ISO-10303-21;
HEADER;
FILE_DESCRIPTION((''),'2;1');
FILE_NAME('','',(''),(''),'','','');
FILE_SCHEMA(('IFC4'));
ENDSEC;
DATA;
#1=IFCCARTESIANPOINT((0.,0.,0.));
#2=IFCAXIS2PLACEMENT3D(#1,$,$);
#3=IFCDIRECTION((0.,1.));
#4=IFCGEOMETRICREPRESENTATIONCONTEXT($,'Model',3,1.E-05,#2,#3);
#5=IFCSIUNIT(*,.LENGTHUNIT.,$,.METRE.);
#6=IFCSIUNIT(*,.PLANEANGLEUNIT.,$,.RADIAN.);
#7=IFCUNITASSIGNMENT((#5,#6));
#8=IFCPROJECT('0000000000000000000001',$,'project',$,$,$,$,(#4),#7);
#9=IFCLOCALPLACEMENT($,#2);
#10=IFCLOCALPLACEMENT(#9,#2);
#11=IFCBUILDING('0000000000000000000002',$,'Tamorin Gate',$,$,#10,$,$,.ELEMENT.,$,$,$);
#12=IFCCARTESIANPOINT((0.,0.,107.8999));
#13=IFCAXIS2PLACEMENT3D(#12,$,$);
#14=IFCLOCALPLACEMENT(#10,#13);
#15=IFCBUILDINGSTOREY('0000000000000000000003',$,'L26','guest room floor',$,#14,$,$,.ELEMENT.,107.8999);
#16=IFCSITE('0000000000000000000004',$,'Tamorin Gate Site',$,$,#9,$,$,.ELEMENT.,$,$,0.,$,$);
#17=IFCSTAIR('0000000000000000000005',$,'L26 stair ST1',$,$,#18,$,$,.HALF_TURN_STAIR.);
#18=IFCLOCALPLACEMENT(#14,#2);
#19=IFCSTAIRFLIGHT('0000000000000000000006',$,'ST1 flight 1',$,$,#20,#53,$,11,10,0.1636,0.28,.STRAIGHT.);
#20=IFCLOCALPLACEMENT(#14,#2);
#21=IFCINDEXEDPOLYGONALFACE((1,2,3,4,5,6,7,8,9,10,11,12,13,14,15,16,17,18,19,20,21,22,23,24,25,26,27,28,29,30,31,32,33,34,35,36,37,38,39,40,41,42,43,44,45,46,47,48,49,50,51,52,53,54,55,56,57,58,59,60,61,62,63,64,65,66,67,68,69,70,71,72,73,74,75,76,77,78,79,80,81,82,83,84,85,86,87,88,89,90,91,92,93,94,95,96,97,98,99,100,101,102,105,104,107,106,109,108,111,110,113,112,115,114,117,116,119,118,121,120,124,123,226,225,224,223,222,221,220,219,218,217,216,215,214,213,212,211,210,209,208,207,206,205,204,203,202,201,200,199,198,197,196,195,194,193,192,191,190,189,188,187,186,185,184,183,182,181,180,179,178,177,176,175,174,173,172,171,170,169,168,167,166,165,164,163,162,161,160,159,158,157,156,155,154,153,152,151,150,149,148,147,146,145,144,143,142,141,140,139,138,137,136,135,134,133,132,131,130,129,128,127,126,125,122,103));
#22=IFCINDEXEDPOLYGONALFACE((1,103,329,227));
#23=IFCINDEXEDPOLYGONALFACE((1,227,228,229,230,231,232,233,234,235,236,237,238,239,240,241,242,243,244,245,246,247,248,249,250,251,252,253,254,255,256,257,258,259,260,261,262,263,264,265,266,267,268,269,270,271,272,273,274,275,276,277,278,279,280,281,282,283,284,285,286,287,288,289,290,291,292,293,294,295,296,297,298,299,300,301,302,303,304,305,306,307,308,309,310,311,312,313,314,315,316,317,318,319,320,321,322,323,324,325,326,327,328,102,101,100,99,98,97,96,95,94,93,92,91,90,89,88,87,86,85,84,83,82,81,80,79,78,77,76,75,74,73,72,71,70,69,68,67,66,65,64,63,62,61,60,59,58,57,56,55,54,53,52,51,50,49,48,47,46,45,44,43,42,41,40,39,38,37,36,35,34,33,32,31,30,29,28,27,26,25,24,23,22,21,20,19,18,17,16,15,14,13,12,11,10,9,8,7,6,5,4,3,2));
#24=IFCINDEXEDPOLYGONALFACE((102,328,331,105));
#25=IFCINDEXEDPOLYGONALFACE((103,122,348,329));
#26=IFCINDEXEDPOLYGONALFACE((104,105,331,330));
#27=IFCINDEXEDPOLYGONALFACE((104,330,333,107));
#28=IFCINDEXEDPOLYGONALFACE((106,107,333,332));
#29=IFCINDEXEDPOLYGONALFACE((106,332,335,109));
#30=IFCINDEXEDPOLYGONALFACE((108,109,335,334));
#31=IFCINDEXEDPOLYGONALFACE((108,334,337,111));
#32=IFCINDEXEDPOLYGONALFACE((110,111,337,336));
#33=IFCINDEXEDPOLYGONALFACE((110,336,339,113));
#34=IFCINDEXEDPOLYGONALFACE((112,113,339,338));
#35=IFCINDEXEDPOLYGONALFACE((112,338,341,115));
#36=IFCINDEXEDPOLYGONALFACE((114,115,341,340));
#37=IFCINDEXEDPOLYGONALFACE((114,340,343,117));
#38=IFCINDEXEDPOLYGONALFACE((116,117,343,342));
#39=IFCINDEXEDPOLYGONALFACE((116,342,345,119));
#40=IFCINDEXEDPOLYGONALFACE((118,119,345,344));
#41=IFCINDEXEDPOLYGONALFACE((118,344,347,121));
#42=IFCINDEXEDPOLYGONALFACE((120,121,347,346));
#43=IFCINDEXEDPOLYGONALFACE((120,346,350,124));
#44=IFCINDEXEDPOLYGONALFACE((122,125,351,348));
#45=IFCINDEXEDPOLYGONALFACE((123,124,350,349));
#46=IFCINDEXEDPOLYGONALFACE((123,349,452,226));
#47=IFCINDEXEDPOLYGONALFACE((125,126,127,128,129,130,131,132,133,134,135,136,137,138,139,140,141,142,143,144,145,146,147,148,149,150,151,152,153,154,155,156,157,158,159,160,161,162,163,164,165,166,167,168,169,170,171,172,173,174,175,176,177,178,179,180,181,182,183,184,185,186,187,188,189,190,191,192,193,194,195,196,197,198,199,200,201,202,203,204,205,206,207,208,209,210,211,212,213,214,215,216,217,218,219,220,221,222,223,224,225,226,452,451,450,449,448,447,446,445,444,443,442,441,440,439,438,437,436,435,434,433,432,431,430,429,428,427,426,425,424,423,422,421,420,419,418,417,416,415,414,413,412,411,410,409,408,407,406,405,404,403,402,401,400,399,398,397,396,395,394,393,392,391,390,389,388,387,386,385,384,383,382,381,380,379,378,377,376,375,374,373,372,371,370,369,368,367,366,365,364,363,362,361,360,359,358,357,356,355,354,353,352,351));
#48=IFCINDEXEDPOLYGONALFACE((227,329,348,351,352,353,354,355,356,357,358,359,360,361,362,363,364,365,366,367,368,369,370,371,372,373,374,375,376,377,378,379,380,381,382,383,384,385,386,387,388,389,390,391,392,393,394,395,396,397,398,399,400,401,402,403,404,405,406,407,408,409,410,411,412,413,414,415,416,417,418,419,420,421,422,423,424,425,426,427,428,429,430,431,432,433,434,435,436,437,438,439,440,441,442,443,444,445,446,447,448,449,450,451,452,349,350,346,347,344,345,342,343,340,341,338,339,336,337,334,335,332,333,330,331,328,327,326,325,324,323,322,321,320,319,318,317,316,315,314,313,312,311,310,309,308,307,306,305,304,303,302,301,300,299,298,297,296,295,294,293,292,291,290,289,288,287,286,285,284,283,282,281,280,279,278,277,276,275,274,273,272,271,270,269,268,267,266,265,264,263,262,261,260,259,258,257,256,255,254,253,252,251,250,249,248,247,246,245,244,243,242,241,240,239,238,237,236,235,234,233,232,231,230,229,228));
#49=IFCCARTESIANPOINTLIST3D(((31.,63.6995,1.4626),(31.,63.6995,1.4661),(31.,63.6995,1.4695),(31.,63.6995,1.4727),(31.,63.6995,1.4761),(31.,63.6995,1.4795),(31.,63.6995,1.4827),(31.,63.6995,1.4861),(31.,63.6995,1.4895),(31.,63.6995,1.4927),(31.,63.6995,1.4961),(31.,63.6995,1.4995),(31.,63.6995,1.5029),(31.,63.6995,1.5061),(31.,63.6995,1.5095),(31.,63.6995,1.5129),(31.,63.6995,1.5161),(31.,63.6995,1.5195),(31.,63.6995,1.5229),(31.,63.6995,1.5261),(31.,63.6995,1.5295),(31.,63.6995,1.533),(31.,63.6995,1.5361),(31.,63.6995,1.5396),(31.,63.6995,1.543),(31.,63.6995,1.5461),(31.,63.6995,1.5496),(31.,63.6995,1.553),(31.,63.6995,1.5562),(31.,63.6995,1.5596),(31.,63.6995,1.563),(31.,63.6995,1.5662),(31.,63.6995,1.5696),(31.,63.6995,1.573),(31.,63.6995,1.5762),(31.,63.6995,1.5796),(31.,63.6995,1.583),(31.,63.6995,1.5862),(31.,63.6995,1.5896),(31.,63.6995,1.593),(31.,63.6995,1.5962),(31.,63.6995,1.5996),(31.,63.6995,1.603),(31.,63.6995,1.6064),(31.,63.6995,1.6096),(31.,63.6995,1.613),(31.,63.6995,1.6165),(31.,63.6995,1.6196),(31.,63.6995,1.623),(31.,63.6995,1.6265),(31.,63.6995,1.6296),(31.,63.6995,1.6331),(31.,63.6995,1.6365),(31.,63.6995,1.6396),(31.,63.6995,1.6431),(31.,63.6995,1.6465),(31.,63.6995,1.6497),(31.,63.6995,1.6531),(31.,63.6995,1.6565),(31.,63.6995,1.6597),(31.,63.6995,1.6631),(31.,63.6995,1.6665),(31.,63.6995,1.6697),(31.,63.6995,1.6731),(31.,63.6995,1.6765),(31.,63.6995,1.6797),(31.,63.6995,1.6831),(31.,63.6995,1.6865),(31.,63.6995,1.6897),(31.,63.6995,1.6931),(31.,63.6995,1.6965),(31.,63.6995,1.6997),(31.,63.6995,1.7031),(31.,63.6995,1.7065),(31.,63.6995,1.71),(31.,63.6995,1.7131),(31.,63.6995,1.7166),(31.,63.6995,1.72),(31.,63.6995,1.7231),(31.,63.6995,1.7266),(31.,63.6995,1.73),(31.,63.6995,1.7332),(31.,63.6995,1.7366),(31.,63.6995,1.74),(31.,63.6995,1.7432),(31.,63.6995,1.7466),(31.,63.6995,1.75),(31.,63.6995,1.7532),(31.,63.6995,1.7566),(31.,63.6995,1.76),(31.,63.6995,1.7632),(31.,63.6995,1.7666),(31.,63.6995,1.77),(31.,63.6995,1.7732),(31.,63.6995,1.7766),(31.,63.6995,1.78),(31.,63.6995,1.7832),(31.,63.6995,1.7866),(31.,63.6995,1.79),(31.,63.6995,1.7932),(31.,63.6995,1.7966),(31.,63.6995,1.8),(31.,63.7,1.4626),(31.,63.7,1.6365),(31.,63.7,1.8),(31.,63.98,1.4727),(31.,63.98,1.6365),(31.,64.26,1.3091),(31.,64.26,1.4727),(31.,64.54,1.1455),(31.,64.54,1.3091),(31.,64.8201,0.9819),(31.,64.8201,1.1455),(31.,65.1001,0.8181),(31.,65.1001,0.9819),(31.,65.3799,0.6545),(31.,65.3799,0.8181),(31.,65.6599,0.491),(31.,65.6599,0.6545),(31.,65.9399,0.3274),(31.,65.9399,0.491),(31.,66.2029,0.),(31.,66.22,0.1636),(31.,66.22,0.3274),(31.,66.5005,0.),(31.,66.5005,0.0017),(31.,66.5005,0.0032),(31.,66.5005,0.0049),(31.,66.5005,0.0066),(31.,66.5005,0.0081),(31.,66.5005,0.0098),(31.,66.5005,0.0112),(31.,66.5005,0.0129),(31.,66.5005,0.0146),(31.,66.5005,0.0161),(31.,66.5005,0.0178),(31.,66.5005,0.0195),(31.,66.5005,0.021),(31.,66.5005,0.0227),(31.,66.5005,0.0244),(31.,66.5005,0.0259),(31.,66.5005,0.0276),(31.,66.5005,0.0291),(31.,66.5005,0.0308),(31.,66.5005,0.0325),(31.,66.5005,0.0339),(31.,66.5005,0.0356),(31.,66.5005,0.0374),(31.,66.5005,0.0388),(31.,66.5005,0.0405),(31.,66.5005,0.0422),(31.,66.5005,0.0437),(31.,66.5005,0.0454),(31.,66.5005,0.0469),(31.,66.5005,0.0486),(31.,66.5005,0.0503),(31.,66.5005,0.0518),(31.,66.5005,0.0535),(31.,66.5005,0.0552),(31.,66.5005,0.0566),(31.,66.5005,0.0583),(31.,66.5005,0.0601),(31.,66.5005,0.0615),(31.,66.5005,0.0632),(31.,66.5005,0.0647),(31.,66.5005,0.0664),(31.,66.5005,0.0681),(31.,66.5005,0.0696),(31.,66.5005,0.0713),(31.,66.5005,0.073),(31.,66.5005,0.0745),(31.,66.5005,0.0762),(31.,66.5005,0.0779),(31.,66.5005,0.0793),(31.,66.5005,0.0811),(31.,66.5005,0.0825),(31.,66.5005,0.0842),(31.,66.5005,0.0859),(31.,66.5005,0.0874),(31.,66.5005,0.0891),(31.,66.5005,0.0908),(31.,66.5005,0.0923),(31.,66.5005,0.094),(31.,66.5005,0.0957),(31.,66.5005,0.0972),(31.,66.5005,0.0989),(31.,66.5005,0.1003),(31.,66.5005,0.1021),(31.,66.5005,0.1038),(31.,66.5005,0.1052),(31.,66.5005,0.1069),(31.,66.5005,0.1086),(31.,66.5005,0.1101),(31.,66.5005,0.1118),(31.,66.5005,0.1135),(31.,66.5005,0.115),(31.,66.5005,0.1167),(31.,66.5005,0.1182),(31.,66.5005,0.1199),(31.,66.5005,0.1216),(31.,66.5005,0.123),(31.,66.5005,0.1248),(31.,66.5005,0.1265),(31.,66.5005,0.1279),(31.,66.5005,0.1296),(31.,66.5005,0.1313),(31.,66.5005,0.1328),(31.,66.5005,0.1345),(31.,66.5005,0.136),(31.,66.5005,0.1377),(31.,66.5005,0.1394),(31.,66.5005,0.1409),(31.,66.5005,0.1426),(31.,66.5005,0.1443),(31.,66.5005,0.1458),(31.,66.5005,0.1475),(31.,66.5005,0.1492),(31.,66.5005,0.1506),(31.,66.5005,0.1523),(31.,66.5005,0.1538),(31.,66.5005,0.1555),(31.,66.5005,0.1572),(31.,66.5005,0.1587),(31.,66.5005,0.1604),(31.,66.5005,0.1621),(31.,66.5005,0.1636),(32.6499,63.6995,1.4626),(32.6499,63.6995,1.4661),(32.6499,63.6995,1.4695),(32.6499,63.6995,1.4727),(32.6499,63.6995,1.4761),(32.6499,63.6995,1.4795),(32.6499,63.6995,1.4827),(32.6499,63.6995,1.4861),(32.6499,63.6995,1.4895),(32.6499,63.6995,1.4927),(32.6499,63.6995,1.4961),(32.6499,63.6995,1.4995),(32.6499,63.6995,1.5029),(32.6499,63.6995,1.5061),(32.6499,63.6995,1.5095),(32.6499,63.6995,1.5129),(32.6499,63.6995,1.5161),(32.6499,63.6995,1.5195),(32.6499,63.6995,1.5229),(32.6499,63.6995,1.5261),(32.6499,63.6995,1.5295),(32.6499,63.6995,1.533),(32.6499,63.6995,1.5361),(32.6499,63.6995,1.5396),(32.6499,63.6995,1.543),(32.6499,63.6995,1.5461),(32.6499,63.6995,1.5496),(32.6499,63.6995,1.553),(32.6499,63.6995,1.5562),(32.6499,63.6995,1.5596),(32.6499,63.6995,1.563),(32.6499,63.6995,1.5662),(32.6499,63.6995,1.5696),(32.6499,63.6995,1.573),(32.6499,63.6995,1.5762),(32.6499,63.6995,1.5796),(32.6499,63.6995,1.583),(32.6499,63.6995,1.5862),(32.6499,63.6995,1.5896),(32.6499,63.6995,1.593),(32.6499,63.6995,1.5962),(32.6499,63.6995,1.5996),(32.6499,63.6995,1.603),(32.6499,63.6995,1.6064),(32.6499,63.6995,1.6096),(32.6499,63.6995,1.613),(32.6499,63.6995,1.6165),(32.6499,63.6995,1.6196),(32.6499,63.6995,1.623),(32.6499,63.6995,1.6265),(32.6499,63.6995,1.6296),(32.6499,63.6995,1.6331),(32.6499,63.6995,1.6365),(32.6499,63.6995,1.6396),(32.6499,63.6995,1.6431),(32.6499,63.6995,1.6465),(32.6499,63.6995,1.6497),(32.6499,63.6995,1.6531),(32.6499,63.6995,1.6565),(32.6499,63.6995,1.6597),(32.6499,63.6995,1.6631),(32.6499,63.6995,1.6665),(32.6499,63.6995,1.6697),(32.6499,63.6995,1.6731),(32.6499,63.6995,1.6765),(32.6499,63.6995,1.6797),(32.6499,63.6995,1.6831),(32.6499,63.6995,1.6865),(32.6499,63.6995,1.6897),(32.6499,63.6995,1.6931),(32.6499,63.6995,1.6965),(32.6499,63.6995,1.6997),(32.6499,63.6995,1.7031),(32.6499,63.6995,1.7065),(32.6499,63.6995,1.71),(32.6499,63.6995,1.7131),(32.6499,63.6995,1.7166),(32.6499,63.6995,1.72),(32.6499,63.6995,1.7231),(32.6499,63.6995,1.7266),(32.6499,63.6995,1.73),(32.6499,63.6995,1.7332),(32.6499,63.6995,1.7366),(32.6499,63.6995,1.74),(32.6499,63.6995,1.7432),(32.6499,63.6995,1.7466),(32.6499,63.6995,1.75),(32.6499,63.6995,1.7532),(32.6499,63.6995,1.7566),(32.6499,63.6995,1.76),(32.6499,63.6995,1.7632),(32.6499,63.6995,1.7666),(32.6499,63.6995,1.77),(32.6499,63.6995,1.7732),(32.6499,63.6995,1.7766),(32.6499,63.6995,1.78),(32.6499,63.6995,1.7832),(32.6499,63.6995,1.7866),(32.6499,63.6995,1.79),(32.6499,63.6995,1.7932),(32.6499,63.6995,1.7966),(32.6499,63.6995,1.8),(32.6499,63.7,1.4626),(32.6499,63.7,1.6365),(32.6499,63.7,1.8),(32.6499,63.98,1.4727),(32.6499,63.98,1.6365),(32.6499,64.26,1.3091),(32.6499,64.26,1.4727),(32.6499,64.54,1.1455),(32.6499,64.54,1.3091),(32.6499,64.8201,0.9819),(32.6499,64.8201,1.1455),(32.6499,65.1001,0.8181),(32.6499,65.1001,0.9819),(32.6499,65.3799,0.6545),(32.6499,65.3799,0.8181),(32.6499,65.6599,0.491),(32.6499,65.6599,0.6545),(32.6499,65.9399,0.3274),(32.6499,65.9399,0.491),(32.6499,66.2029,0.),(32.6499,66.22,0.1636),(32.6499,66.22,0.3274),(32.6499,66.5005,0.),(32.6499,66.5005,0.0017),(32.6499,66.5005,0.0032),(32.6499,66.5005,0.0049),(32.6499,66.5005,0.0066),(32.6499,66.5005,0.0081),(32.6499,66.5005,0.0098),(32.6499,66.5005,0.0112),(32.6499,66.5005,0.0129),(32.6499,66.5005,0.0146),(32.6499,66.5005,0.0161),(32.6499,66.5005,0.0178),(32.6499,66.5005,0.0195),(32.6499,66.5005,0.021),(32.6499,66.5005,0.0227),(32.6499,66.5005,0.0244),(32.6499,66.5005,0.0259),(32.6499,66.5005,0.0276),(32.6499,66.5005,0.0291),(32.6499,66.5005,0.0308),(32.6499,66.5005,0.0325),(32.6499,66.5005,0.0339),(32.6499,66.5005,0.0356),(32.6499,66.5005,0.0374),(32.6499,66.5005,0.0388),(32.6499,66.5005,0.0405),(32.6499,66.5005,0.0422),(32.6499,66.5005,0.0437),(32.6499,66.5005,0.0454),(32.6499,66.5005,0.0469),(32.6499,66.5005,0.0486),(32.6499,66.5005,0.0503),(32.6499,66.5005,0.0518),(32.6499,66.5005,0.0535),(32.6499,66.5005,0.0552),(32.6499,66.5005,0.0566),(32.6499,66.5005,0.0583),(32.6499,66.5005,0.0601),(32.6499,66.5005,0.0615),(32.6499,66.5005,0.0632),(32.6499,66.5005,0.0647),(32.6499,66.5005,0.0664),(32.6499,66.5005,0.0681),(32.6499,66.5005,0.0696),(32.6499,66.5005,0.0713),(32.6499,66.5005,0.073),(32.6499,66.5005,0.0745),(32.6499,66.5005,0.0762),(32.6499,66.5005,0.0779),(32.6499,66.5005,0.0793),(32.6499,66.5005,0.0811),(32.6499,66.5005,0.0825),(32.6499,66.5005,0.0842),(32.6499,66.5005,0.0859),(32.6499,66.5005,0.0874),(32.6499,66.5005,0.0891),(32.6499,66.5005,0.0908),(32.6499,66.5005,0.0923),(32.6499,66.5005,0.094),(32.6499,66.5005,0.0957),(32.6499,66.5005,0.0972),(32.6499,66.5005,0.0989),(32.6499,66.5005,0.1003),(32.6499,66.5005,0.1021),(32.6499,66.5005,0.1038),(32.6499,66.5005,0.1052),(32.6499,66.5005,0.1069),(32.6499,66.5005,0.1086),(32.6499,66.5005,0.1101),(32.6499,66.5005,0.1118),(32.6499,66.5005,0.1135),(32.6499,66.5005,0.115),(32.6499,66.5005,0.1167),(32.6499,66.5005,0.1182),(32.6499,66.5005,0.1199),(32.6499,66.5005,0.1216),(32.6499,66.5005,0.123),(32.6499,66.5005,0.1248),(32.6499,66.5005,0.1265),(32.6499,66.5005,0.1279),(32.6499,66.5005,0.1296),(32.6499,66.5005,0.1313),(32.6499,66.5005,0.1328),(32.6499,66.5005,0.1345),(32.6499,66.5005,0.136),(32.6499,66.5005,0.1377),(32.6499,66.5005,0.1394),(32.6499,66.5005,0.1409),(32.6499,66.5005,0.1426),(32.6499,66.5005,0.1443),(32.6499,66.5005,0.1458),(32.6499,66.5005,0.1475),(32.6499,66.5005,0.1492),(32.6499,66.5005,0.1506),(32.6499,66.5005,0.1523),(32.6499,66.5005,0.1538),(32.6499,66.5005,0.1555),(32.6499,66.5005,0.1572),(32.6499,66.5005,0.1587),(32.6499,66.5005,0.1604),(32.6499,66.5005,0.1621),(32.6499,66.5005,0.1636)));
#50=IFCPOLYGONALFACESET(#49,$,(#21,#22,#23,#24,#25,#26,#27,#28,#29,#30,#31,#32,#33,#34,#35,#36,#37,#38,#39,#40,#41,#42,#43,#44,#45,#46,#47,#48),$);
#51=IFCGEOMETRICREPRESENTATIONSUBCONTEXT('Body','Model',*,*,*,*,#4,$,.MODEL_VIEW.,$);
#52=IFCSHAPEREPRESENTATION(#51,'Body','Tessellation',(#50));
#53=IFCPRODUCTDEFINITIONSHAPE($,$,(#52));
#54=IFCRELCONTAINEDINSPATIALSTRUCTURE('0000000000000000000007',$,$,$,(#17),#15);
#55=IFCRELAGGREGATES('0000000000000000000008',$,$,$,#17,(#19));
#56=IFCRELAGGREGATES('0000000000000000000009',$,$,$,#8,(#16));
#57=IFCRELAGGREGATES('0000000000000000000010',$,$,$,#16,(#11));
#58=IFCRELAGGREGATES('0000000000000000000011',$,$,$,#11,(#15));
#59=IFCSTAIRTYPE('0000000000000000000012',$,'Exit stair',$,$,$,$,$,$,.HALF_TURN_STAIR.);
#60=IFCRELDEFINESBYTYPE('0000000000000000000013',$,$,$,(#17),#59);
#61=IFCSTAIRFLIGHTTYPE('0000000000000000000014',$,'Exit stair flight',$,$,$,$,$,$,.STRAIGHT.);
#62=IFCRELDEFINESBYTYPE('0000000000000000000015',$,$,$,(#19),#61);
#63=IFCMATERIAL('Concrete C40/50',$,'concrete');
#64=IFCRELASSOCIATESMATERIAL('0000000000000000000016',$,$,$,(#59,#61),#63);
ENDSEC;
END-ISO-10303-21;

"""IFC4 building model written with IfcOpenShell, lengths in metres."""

from ifc_helpers import new_model, si_unit, direction, frame, origin, place, context, subcontext, project, spatial, polyline, outline, extrude, material, type_object, element, aggregate, save


model = new_model("IFC4")

# Units and contexts
model_context = context("Model", 3, precision=1e-05, world=origin(), true_north=direction((0.0, 1.0)))
body_context = subcontext(model_context, "Body", "Model", "MODEL_VIEW")
ifc_project = project(units=[si_unit("LENGTHUNIT", "METRE"), si_unit("PLANEANGLEUNIT", "RADIAN")], contexts=[model_context])

# Site, building, storey
site_placement = place(None, origin())
site = spatial("IfcSite", under=ifc_project, at=site_placement, Name="Tamorin Gate Site", CompositionType="ELEMENT", RefElevation=0.0)
building_placement = place(site_placement, origin())
building = spatial("IfcBuilding", under=site, at=building_placement, Name="Tamorin Gate", CompositionType="ELEMENT")
storey_placement = place(building_placement, frame((0.0, 0.0, 107.8999)))
storey = spatial("IfcBuildingStorey", under=building, at=storey_placement, Name="L26", Description="guest room floor", CompositionType="ELEMENT", Elevation=107.8999)

# Shared definitions
ifc_material_1 = material(Name="Concrete C40/50", Category="concrete")

# Stair, stair flight
stair_type = type_object("IfcStairType", Name="Exit stair", PredefinedType="HALF_TURN_STAIR", material=ifc_material_1)
stair_placement = place(storey_placement, origin())
stair = element("IfcStair", 1, at=stair_placement, inside=storey, type_object=stair_type, Name="L26 stair ST1", PredefinedType="HALF_TURN_STAIR")
stair_flight_type = type_object("IfcStairFlightType", Name="Exit stair flight", PredefinedType="STRAIGHT", material=ifc_material_1)
stair_flight_1_placement = place(storey_placement, frame((31.825, 66.5, 0.0), z_axis=(0.0, 0.0, 1.0), x_axis=(0.0, -1.0, 0.0)))
stair_flight_1 = element("IfcStairFlight", 2, at=stair_flight_1_placement, type_object=stair_flight_type, Name="ST1 flight 1", NumberOfRisers=11, NumberOfTreads=10, PredefinedType="STRAIGHT", RiserHeight=0.1636, TreadLength=0.28, context=body_context, shape_type="SweptSolid", body=[
    extrude(outline(polyline([(-0.0005, 0.0), (-0.0005, 0.0017), (-0.0005, 0.0032), (-0.0005, 0.0049), (-0.0005, 0.0066), (-0.0005, 0.0081), (-0.0005, 0.0098), (-0.0005, 0.0112), (-0.0005, 0.0129), (-0.0005, 0.0146), (-0.0005, 0.0161), (-0.0005, 0.0178), (-0.0005, 0.0195), (-0.0005, 0.021), (-0.0005, 0.0227), (-0.0005, 0.0244), (-0.0005, 0.0259), (-0.0005, 0.0276), (-0.0005, 0.0291), (-0.0005, 0.0308), (-0.0005, 0.0325), (-0.0005, 0.0339), (-0.0005, 0.0356), (-0.0005, 0.0374), (-0.0005, 0.0388), (-0.0005, 0.0405), (-0.0005, 0.0422), (-0.0005, 0.0437), (-0.0005, 0.0454), (-0.0005, 0.0469), (-0.0005, 0.0486), (-0.0005, 0.0503), (-0.0005, 0.0518), (-0.0005, 0.0535), (-0.0005, 0.0552), (-0.0005, 0.0566), (-0.0005, 0.0583), (-0.0005, 0.0601), (-0.0005, 0.0615), (-0.0005, 0.0632), (-0.0005, 0.0647), (-0.0005, 0.0664), (-0.0005, 0.0681), (-0.0005, 0.0696), (-0.0005, 0.0713), (-0.0005, 0.073), (-0.0005, 0.0745), (-0.0005, 0.0762), (-0.0005, 0.0779), (-0.0005, 0.0793), (-0.0005, 0.0811), (-0.0005, 0.0825), (-0.0005, 0.0842), (-0.0005, 0.0859), (-0.0005, 0.0874), (-0.0005, 0.0891), (-0.0005, 0.0908), (-0.0005, 0.0923), (-0.0005, 0.094), (-0.0005, 0.0957), (-0.0005, 0.0972), (-0.0005, 0.0989), (-0.0005, 0.1003), (-0.0005, 0.1021), (-0.0005, 0.1038), (-0.0005, 0.1052), (-0.0005, 0.1069), (-0.0005, 0.1086), (-0.0005, 0.1101), (-0.0005, 0.1118), (-0.0005, 0.1135), (-0.0005, 0.115), (-0.0005, 0.1167), (-0.0005, 0.1182), (-0.0005, 0.1199), (-0.0005, 0.1216), (-0.0005, 0.123), (-0.0005, 0.1248), (-0.0005, 0.1265), (-0.0005, 0.1279), (-0.0005, 0.1296), (-0.0005, 0.1313), (-0.0005, 0.1328), (-0.0005, 0.1345), (-0.0005, 0.136), (-0.0005, 0.1377), (-0.0005, 0.1394), (-0.0005, 0.1409), (-0.0005, 0.1426), (-0.0005, 0.1443), (-0.0005, 0.1458), (-0.0005, 0.1475), (-0.0005, 0.1492), (-0.0005, 0.1506), (-0.0005, 0.1523), (-0.0005, 0.1538), (-0.0005, 0.1555), (-0.0005, 0.1572), (-0.0005, 0.1587), (-0.0005, 0.1604), (-0.0005, 0.1621), (-0.0005, 0.1636), (0.28, 0.1636), (0.28, 0.3274), (0.5601, 0.3274), (0.5601, 0.491), (0.8401, 0.491), (0.8401, 0.6545), (1.1201, 0.6545), (1.1201, 0.8181), (1.3999, 0.8181), (1.3999, 0.9819), (1.6799, 0.9819), (1.6799, 1.1455), (1.96, 1.1455), (1.96, 1.3091), (2.24, 1.3091), (2.24, 1.4727), (2.52, 1.4727), (2.52, 1.6365), (2.8, 1.6365), (2.8, 1.8), (2.8005, 1.8), (2.8005, 1.7966), (2.8005, 1.7932), (2.8005, 1.79), (2.8005, 1.7866), (2.8005, 1.7832), (2.8005, 1.78), (2.8005, 1.7766), (2.8005, 1.7732), (2.8005, 1.77), (2.8005, 1.7666), (2.8005, 1.7632), (2.8005, 1.76), (2.8005, 1.7566), (2.8005, 1.7532), (2.8005, 1.75), (2.8005, 1.7466), (2.8005, 1.7432), (2.8005, 1.74), (2.8005, 1.7366), (2.8005, 1.7332), (2.8005, 1.73), (2.8005, 1.7266), (2.8005, 1.7231), (2.8005, 1.72), (2.8005, 1.7166), (2.8005, 1.7131), (2.8005, 1.71), (2.8005, 1.7065), (2.8005, 1.7031), (2.8005, 1.6997), (2.8005, 1.6965), (2.8005, 1.6931), (2.8005, 1.6897), (2.8005, 1.6865), (2.8005, 1.6831), (2.8005, 1.6797), (2.8005, 1.6765), (2.8005, 1.6731), (2.8005, 1.6697), (2.8005, 1.6665), (2.8005, 1.6631), (2.8005, 1.6597), (2.8005, 1.6565), (2.8005, 1.6531), (2.8005, 1.6497), (2.8005, 1.6465), (2.8005, 1.6431), (2.8005, 1.6396), (2.8005, 1.6365), (2.8005, 1.6331), (2.8005, 1.6296), (2.8005, 1.6265), (2.8005, 1.623), (2.8005, 1.6196), (2.8005, 1.6165), (2.8005, 1.613), (2.8005, 1.6096), (2.8005, 1.6064), (2.8005, 1.603), (2.8005, 1.5996), (2.8005, 1.5962), (2.8005, 1.593), (2.8005, 1.5896), (2.8005, 1.5862), (2.8005, 1.583), (2.8005, 1.5796), (2.8005, 1.5762), (2.8005, 1.573), (2.8005, 1.5696), (2.8005, 1.5662), (2.8005, 1.563), (2.8005, 1.5596), (2.8005, 1.5562), (2.8005, 1.553), (2.8005, 1.5496), (2.8005, 1.5461), (2.8005, 1.543), (2.8005, 1.5396), (2.8005, 1.5361), (2.8005, 1.533), (2.8005, 1.5295), (2.8005, 1.5261), (2.8005, 1.5229), (2.8005, 1.5195), (2.8005, 1.5161), (2.8005, 1.5129), (2.8005, 1.5095), (2.8005, 1.5061), (2.8005, 1.5029), (2.8005, 1.4995), (2.8005, 1.4961), (2.8005, 1.4927), (2.8005, 1.4895), (2.8005, 1.4861), (2.8005, 1.4827), (2.8005, 1.4795), (2.8005, 1.4761), (2.8005, 1.4727), (2.8005, 1.4695), (2.8005, 1.4661), (2.8005, 1.4626), (2.8, 1.4626), (0.2971, 0.0), (-0.0005, 0.0)])), frame((0.0, 0.825, 0.0), z_axis=(0.0, -1.0, 0.0), x_axis=(1.0, 0.0, 0.0)), (0.0, 0.0, 1.0), 1.6499),
])
aggregate(stair, [stair_flight_1])

save(model, "model.ifc")
